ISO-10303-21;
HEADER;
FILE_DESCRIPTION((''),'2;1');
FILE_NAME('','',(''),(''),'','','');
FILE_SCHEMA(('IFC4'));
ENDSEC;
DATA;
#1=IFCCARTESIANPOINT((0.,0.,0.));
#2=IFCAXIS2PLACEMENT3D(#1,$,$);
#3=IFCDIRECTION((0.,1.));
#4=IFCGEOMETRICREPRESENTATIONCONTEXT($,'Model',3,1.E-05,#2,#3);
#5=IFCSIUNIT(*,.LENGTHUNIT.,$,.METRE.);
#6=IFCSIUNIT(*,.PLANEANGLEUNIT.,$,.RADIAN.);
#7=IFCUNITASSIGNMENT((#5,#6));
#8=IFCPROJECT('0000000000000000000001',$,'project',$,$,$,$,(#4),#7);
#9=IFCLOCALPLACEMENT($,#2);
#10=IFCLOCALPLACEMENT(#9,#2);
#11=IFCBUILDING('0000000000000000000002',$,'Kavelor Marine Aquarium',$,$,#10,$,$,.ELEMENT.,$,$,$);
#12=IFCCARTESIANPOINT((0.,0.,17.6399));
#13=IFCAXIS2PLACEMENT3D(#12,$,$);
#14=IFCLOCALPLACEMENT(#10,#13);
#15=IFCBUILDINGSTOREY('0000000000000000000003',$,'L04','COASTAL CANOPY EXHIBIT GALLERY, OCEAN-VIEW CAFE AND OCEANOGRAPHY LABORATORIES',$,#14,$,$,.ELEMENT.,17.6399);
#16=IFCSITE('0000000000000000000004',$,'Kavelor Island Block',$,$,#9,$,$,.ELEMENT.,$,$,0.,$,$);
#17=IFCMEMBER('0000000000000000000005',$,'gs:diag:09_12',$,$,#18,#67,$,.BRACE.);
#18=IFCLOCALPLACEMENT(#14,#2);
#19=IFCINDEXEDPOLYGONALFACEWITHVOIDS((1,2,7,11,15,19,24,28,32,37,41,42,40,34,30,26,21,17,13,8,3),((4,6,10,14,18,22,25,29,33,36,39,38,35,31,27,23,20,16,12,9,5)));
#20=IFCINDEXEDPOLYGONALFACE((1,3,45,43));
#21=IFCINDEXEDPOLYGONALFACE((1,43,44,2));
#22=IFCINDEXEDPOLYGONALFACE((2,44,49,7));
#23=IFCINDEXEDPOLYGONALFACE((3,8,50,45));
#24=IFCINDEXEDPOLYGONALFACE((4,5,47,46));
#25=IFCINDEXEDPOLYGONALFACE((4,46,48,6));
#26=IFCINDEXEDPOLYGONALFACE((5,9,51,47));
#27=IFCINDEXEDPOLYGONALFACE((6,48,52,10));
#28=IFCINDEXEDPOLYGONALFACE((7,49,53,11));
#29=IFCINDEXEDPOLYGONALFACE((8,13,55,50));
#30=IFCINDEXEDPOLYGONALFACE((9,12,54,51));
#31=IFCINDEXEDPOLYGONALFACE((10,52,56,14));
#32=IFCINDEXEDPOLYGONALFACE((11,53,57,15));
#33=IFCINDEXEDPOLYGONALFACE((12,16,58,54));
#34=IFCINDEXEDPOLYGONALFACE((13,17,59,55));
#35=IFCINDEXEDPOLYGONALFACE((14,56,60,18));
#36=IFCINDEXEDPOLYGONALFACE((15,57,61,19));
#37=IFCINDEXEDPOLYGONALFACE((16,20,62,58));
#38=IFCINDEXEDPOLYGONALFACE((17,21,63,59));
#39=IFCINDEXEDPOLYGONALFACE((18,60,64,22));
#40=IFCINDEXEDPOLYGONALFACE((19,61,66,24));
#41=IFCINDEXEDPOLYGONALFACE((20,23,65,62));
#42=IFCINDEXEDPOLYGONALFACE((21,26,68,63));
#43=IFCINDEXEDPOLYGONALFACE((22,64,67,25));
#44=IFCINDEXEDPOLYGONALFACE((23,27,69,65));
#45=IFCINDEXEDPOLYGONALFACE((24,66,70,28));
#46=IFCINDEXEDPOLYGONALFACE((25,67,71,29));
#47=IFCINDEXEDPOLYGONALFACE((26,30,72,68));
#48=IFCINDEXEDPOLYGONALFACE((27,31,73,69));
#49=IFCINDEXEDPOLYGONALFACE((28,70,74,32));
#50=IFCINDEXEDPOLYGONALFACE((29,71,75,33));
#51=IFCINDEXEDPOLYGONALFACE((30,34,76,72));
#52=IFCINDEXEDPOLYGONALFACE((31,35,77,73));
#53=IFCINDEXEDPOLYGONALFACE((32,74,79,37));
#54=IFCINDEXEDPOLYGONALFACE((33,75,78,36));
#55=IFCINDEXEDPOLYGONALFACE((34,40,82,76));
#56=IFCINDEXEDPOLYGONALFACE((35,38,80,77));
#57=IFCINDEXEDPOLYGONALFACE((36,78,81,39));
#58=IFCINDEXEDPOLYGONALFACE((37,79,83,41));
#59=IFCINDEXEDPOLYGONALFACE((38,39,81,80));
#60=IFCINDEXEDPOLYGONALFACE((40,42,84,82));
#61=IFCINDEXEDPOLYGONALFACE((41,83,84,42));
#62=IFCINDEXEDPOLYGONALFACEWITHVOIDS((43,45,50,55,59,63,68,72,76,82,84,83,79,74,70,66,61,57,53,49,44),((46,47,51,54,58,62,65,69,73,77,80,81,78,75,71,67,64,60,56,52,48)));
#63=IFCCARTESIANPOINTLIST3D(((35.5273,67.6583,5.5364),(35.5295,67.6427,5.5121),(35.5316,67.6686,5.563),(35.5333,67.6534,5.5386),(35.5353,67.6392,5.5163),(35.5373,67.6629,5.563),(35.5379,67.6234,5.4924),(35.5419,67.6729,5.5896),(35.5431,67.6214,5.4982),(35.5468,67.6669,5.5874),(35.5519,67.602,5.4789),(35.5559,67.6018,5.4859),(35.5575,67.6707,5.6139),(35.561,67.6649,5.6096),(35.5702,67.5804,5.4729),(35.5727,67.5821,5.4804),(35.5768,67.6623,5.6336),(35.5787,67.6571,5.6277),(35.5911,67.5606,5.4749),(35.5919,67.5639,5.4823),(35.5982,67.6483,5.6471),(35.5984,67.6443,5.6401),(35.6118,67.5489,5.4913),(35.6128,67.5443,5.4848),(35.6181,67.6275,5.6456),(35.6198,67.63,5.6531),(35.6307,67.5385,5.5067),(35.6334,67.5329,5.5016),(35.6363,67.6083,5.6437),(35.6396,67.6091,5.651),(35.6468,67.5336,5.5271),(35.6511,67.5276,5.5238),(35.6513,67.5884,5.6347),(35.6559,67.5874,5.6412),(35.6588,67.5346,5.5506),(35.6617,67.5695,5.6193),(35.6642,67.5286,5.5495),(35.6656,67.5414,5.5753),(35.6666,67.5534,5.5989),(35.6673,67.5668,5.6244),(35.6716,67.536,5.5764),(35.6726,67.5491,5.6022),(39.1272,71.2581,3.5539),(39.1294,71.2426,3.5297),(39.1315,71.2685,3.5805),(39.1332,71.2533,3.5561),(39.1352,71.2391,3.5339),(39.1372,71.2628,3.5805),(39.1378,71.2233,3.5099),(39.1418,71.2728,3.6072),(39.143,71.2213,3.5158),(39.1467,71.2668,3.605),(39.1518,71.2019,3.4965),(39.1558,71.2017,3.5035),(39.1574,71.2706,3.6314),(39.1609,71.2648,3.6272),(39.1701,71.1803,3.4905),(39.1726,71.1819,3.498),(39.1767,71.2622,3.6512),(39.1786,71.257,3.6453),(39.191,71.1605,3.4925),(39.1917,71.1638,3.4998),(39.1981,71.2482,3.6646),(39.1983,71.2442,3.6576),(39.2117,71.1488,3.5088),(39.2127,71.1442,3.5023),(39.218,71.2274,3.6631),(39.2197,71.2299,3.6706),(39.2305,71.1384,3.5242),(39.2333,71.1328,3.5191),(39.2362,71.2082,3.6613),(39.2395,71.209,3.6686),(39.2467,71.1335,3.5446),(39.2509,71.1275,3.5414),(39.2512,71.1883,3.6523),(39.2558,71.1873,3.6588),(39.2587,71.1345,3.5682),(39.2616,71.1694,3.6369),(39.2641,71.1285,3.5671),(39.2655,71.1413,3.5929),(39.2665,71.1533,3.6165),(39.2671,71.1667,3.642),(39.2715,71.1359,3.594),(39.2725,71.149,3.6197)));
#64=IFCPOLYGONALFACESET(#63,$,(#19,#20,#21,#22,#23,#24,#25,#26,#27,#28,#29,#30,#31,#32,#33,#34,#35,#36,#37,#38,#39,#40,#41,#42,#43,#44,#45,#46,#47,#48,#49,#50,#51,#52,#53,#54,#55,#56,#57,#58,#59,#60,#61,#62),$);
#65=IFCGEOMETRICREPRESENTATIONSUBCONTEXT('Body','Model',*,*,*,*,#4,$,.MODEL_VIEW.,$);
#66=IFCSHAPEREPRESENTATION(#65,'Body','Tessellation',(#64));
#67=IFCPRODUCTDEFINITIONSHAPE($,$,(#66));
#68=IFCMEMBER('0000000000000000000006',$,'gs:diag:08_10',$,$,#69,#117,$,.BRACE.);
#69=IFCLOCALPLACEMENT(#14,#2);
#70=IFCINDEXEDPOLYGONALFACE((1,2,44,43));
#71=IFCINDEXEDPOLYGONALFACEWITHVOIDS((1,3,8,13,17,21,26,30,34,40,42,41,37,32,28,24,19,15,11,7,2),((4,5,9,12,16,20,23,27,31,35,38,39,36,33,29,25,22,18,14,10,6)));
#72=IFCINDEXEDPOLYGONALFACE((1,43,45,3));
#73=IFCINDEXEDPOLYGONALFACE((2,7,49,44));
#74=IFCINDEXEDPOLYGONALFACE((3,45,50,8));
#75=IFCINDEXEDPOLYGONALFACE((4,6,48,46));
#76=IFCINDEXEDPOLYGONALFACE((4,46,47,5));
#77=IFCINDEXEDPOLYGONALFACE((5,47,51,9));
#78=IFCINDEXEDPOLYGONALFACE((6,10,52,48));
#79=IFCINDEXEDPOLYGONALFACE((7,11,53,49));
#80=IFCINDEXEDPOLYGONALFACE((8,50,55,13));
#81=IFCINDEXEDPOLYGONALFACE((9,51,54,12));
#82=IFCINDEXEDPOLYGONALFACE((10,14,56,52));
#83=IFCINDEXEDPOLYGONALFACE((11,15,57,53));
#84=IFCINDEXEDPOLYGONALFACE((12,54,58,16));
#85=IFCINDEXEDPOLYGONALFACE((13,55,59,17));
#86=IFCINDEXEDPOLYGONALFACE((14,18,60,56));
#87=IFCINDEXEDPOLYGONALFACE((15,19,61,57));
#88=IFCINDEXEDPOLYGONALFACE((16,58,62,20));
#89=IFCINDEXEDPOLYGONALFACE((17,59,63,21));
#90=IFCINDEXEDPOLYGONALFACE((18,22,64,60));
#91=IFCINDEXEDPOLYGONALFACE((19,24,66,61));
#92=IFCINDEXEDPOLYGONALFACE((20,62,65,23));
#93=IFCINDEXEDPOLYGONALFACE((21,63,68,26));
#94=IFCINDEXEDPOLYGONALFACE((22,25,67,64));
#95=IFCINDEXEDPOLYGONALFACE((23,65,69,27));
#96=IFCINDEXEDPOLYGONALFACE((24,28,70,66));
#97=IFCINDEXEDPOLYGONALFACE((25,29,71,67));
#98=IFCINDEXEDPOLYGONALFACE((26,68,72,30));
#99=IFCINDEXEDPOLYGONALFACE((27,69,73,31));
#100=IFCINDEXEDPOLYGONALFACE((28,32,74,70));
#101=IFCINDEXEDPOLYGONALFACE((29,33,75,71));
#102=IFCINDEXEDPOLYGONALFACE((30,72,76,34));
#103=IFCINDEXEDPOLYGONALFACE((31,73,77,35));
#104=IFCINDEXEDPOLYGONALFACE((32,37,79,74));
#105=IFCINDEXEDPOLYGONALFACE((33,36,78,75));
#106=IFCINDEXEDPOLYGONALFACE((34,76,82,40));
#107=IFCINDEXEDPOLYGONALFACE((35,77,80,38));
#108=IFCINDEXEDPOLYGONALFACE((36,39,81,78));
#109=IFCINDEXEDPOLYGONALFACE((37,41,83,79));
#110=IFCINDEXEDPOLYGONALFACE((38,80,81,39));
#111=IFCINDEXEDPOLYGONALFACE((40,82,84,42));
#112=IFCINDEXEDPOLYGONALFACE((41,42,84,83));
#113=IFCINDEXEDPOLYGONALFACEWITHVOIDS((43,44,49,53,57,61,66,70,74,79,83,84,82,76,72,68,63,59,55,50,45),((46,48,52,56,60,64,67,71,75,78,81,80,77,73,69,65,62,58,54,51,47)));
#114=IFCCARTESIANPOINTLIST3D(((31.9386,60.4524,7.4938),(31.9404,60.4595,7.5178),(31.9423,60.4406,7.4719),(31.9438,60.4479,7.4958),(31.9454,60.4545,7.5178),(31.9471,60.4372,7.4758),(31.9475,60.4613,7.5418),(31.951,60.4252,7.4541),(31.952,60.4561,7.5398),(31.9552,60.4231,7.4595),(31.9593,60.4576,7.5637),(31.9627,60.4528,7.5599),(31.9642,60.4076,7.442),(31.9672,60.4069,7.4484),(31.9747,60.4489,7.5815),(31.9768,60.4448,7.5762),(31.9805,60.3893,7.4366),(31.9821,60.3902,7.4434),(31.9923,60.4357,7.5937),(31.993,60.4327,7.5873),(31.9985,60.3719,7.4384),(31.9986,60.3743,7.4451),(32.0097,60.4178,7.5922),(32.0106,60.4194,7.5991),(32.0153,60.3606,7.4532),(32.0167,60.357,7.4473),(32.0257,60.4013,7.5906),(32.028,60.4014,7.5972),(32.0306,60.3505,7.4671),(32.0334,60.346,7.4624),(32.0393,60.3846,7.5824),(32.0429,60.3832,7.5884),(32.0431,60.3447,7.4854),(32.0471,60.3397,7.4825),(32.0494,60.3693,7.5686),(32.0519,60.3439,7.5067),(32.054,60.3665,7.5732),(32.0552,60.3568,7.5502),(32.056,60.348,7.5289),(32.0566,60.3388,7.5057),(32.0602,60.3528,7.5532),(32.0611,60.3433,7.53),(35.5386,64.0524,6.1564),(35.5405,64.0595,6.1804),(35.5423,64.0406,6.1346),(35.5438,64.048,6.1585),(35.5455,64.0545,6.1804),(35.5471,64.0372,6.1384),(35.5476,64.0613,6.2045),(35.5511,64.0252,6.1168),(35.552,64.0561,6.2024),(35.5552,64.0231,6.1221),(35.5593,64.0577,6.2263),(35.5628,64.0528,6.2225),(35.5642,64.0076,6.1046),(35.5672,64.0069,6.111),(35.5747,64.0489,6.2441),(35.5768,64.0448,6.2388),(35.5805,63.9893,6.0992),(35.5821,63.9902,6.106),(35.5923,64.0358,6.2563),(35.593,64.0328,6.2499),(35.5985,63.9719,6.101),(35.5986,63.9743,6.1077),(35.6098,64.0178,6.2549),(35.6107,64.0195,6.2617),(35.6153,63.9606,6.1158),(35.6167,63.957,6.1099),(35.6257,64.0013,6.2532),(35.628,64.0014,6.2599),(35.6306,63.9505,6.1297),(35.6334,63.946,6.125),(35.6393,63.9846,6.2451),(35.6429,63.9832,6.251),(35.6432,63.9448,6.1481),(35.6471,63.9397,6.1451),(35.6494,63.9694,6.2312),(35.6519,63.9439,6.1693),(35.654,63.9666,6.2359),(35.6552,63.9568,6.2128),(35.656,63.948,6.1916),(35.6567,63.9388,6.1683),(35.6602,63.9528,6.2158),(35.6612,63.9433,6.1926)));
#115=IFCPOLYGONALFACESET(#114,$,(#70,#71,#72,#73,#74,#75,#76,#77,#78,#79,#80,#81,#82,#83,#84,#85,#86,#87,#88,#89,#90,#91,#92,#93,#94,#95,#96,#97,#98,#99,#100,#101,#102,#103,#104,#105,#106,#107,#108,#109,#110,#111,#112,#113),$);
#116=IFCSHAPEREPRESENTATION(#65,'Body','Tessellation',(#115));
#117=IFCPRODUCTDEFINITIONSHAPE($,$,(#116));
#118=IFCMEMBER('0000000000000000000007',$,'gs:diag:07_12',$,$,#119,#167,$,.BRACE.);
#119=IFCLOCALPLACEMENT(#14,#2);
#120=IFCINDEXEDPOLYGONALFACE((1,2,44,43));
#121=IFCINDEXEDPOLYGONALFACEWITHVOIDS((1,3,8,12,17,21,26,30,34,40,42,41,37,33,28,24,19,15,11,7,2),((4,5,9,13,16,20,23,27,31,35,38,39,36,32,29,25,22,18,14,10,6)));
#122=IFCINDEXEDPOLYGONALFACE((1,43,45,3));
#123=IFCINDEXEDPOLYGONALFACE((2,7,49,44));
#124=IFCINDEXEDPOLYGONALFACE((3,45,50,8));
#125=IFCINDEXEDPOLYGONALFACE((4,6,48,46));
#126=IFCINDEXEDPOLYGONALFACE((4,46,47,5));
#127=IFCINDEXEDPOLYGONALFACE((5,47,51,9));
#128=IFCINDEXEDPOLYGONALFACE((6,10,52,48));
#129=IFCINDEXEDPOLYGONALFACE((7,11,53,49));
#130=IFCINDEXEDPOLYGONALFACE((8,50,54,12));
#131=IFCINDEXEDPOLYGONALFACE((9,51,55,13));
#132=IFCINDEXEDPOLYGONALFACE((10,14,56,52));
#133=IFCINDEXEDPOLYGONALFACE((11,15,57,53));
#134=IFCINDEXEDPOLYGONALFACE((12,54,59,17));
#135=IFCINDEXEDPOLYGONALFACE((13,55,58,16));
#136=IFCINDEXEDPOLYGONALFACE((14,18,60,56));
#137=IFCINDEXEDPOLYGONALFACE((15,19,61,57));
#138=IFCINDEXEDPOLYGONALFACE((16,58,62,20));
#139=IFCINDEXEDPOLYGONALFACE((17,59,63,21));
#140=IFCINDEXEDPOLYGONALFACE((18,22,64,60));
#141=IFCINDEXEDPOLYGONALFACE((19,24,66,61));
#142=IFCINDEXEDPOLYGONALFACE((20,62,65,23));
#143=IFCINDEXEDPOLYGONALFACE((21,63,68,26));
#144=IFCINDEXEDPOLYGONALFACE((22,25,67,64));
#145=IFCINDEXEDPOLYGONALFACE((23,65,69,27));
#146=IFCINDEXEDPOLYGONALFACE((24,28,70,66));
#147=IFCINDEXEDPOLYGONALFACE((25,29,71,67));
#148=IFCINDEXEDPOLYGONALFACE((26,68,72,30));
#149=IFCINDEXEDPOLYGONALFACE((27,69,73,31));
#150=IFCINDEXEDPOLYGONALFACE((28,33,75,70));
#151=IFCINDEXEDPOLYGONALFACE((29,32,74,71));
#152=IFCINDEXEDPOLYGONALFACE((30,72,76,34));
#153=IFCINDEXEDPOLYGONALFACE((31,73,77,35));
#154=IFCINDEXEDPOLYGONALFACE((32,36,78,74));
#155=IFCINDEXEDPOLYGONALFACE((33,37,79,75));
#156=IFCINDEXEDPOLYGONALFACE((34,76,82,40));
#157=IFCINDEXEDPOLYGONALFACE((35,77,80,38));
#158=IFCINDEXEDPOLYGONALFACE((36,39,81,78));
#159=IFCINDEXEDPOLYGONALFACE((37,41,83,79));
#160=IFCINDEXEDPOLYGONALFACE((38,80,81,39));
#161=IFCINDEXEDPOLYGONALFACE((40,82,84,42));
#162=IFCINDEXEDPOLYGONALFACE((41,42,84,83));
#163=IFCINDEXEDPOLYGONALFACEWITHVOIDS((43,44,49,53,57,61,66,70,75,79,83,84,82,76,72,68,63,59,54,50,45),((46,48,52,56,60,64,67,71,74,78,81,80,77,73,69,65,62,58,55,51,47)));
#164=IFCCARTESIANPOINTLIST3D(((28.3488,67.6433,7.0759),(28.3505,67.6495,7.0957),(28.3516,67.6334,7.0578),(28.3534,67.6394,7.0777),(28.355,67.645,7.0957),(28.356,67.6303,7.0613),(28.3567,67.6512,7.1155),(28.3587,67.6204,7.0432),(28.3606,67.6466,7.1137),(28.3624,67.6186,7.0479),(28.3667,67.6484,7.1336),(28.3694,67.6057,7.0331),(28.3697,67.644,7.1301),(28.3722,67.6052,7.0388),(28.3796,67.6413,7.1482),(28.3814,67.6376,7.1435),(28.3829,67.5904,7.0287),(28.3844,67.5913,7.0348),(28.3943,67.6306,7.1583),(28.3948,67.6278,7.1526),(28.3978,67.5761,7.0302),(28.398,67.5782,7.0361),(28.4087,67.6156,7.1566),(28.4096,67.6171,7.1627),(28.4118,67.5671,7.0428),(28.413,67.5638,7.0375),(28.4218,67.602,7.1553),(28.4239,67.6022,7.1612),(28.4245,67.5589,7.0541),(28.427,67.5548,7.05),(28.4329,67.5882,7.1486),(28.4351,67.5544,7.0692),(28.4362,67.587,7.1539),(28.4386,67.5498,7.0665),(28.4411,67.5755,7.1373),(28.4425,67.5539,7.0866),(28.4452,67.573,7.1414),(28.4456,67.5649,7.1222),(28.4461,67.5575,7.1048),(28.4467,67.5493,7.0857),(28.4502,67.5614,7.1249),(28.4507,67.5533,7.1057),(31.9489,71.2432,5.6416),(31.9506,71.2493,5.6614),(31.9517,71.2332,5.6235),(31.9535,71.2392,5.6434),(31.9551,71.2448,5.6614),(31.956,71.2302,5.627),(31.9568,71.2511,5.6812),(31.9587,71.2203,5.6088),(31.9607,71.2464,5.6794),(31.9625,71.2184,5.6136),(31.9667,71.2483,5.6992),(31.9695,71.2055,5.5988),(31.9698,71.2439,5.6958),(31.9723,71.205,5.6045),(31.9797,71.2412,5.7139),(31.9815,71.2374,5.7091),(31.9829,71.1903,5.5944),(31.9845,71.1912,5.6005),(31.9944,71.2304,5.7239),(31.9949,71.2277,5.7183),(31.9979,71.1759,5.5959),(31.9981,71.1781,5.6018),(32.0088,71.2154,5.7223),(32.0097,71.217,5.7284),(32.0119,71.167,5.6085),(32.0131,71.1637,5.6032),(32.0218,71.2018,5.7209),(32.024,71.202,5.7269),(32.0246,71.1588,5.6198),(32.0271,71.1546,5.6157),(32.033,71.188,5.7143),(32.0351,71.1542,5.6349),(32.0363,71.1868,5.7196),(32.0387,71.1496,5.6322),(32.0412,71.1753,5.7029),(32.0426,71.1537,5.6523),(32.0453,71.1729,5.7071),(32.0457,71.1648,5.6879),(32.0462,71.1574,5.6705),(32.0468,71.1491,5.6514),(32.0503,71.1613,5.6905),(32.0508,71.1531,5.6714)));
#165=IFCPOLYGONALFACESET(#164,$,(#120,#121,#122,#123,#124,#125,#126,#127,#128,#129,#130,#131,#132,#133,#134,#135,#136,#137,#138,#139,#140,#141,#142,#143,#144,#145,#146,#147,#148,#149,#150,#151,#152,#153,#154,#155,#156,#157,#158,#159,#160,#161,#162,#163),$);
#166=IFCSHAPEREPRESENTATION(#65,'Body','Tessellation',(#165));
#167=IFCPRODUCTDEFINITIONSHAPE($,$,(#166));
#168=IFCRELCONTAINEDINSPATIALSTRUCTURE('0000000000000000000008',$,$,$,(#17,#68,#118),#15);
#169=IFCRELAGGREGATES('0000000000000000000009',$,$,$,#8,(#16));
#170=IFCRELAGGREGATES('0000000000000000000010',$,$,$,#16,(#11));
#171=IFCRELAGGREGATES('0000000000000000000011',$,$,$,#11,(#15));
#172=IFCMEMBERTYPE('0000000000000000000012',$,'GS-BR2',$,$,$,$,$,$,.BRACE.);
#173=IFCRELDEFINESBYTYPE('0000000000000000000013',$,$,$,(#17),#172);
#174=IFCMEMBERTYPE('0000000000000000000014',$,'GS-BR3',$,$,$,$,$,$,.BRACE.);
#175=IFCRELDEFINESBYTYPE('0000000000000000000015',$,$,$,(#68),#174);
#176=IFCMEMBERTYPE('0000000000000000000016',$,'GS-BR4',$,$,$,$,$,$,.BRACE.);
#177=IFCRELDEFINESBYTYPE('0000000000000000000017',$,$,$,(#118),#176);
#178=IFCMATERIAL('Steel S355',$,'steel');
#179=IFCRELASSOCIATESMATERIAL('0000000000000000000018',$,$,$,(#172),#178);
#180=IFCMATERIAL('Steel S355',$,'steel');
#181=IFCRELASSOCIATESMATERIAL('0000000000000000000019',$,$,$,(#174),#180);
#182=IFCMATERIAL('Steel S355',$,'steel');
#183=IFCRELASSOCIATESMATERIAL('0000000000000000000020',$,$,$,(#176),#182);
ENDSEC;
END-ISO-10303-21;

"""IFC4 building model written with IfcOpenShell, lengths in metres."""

from ifc_helpers import new_model, si_unit, direction, frame, origin, origin_2d, place, context, subcontext, project, spatial, hollow_circle, extrude, material, material_profile, profile_set, type_object, element, save


model = new_model("IFC4")

# Units and contexts
model_context = context("Model", 3, precision=1e-05, world=origin(), true_north=direction((0.0, 1.0)))
body_context = subcontext(model_context, "Body", "Model", "MODEL_VIEW")
ifc_project = project(units=[si_unit("LENGTHUNIT", "METRE"), si_unit("PLANEANGLEUNIT", "RADIAN")], contexts=[model_context])

# Site, building, storey
site_placement = place(None, origin())
site = spatial("IfcSite", under=ifc_project, at=site_placement, Name="Kavelor Island Block", CompositionType="ELEMENT", RefElevation=0.0)
building_placement = place(site_placement, origin())
building = spatial("IfcBuilding", under=site, at=building_placement, Name="Kavelor Marine Aquarium", CompositionType="ELEMENT")
storey_placement = place(building_placement, frame((0.0, 0.0, 17.6399)))
storey = spatial("IfcBuildingStorey", under=building, at=storey_placement, Name="L04", Description="COASTAL CANOPY EXHIBIT GALLERY, OCEAN-VIEW CAFE AND OCEANOGRAPHY LABORATORIES", CompositionType="ELEMENT", Elevation=17.6399)

# Members
ifc_material_1 = material(Name="Steel S355", Category="steel")
ifc_material_profile_1 = material_profile(ifc_material_1, hollow_circle(Radius=0.0969, WallThickness=0.0081, at=origin_2d()), Name="CHS 193.7x8.0")
ifc_profile_set_1 = profile_set([ifc_material_profile_1], Name="Steel S355")
member_type_1 = type_object("IfcMemberType", Name="GS-BR2", PredefinedType="BRACE", material=ifc_profile_set_1)
member_1_placement = place(storey_placement, frame((35.6001, 67.6001, 5.563), z_axis=(0.658913, 0.658913, -0.36286), x_axis=(-0.707107, 0.707107, 0.0)))
element("IfcMember", 1, at=member_1_placement, inside=storey, type_object=member_type_1, Name="gs:diag:09_12", PredefinedType="BRACE", context=body_context, shape_type="SweptSolid", body=[
    extrude(hollow_circle(Radius=0.0969, WallThickness=0.0081, at=origin_2d()), origin(), (0.0, 0.0, 1.0), 5.4634),
])
ifc_material_2 = material(Name="Steel S355", Category="steel")
ifc_material_profile_2 = material_profile(ifc_material_2, hollow_circle(Radius=0.0842, WallThickness=0.0071, at=origin_2d()), Name="CHS 168.3x7.1")
ifc_profile_set_2 = profile_set([ifc_material_profile_2], Name="Steel S355")
member_type_2 = type_object("IfcMemberType", Name="GS-BR3", PredefinedType="BRACE", material=ifc_profile_set_2)
member_2_placement = place(storey_placement, frame((32.0, 60.3999, 7.5178), z_axis=(0.683905, 0.683905, -0.254064), x_axis=(-0.707107, 0.707107, 0.0)))
element("IfcMember", 2, at=member_2_placement, inside=storey, type_object=member_type_2, Name="gs:diag:08_10", PredefinedType="BRACE", context=body_context, shape_type="SweptSolid", body=[
    extrude(hollow_circle(Radius=0.0842, WallThickness=0.0071, at=origin_2d()), origin(), (0.0, 0.0, 1.0), 5.2639),
])
ifc_material_3 = material(Name="Steel S355", Category="steel")
ifc_material_profile_3 = material_profile(ifc_material_3, hollow_circle(Radius=0.0698, WallThickness=0.0063, at=origin_2d()), Name="CHS 139.7x6.3")
ifc_profile_set_3 = profile_set([ifc_material_profile_3], Name="Steel S355")
member_type_3 = type_object("IfcMemberType", Name="GS-BR4", PredefinedType="BRACE", material=ifc_profile_set_3)
member_3_placement = place(storey_placement, frame((28.3999, 67.6001, 7.0957), z_axis=(0.680635, 0.680589, -0.271174), x_axis=(-0.707083, 0.707131, 0.0)))
element("IfcMember", 3, at=member_3_placement, inside=storey, type_object=member_type_3, Name="gs:diag:07_12", PredefinedType="BRACE", context=body_context, shape_type="SweptSolid", body=[
    extrude(hollow_circle(Radius=0.0698, WallThickness=0.0063, at=origin_2d()), origin(), (0.0, 0.0, 1.0), 5.2893),
])

save(model, "model.ifc")
